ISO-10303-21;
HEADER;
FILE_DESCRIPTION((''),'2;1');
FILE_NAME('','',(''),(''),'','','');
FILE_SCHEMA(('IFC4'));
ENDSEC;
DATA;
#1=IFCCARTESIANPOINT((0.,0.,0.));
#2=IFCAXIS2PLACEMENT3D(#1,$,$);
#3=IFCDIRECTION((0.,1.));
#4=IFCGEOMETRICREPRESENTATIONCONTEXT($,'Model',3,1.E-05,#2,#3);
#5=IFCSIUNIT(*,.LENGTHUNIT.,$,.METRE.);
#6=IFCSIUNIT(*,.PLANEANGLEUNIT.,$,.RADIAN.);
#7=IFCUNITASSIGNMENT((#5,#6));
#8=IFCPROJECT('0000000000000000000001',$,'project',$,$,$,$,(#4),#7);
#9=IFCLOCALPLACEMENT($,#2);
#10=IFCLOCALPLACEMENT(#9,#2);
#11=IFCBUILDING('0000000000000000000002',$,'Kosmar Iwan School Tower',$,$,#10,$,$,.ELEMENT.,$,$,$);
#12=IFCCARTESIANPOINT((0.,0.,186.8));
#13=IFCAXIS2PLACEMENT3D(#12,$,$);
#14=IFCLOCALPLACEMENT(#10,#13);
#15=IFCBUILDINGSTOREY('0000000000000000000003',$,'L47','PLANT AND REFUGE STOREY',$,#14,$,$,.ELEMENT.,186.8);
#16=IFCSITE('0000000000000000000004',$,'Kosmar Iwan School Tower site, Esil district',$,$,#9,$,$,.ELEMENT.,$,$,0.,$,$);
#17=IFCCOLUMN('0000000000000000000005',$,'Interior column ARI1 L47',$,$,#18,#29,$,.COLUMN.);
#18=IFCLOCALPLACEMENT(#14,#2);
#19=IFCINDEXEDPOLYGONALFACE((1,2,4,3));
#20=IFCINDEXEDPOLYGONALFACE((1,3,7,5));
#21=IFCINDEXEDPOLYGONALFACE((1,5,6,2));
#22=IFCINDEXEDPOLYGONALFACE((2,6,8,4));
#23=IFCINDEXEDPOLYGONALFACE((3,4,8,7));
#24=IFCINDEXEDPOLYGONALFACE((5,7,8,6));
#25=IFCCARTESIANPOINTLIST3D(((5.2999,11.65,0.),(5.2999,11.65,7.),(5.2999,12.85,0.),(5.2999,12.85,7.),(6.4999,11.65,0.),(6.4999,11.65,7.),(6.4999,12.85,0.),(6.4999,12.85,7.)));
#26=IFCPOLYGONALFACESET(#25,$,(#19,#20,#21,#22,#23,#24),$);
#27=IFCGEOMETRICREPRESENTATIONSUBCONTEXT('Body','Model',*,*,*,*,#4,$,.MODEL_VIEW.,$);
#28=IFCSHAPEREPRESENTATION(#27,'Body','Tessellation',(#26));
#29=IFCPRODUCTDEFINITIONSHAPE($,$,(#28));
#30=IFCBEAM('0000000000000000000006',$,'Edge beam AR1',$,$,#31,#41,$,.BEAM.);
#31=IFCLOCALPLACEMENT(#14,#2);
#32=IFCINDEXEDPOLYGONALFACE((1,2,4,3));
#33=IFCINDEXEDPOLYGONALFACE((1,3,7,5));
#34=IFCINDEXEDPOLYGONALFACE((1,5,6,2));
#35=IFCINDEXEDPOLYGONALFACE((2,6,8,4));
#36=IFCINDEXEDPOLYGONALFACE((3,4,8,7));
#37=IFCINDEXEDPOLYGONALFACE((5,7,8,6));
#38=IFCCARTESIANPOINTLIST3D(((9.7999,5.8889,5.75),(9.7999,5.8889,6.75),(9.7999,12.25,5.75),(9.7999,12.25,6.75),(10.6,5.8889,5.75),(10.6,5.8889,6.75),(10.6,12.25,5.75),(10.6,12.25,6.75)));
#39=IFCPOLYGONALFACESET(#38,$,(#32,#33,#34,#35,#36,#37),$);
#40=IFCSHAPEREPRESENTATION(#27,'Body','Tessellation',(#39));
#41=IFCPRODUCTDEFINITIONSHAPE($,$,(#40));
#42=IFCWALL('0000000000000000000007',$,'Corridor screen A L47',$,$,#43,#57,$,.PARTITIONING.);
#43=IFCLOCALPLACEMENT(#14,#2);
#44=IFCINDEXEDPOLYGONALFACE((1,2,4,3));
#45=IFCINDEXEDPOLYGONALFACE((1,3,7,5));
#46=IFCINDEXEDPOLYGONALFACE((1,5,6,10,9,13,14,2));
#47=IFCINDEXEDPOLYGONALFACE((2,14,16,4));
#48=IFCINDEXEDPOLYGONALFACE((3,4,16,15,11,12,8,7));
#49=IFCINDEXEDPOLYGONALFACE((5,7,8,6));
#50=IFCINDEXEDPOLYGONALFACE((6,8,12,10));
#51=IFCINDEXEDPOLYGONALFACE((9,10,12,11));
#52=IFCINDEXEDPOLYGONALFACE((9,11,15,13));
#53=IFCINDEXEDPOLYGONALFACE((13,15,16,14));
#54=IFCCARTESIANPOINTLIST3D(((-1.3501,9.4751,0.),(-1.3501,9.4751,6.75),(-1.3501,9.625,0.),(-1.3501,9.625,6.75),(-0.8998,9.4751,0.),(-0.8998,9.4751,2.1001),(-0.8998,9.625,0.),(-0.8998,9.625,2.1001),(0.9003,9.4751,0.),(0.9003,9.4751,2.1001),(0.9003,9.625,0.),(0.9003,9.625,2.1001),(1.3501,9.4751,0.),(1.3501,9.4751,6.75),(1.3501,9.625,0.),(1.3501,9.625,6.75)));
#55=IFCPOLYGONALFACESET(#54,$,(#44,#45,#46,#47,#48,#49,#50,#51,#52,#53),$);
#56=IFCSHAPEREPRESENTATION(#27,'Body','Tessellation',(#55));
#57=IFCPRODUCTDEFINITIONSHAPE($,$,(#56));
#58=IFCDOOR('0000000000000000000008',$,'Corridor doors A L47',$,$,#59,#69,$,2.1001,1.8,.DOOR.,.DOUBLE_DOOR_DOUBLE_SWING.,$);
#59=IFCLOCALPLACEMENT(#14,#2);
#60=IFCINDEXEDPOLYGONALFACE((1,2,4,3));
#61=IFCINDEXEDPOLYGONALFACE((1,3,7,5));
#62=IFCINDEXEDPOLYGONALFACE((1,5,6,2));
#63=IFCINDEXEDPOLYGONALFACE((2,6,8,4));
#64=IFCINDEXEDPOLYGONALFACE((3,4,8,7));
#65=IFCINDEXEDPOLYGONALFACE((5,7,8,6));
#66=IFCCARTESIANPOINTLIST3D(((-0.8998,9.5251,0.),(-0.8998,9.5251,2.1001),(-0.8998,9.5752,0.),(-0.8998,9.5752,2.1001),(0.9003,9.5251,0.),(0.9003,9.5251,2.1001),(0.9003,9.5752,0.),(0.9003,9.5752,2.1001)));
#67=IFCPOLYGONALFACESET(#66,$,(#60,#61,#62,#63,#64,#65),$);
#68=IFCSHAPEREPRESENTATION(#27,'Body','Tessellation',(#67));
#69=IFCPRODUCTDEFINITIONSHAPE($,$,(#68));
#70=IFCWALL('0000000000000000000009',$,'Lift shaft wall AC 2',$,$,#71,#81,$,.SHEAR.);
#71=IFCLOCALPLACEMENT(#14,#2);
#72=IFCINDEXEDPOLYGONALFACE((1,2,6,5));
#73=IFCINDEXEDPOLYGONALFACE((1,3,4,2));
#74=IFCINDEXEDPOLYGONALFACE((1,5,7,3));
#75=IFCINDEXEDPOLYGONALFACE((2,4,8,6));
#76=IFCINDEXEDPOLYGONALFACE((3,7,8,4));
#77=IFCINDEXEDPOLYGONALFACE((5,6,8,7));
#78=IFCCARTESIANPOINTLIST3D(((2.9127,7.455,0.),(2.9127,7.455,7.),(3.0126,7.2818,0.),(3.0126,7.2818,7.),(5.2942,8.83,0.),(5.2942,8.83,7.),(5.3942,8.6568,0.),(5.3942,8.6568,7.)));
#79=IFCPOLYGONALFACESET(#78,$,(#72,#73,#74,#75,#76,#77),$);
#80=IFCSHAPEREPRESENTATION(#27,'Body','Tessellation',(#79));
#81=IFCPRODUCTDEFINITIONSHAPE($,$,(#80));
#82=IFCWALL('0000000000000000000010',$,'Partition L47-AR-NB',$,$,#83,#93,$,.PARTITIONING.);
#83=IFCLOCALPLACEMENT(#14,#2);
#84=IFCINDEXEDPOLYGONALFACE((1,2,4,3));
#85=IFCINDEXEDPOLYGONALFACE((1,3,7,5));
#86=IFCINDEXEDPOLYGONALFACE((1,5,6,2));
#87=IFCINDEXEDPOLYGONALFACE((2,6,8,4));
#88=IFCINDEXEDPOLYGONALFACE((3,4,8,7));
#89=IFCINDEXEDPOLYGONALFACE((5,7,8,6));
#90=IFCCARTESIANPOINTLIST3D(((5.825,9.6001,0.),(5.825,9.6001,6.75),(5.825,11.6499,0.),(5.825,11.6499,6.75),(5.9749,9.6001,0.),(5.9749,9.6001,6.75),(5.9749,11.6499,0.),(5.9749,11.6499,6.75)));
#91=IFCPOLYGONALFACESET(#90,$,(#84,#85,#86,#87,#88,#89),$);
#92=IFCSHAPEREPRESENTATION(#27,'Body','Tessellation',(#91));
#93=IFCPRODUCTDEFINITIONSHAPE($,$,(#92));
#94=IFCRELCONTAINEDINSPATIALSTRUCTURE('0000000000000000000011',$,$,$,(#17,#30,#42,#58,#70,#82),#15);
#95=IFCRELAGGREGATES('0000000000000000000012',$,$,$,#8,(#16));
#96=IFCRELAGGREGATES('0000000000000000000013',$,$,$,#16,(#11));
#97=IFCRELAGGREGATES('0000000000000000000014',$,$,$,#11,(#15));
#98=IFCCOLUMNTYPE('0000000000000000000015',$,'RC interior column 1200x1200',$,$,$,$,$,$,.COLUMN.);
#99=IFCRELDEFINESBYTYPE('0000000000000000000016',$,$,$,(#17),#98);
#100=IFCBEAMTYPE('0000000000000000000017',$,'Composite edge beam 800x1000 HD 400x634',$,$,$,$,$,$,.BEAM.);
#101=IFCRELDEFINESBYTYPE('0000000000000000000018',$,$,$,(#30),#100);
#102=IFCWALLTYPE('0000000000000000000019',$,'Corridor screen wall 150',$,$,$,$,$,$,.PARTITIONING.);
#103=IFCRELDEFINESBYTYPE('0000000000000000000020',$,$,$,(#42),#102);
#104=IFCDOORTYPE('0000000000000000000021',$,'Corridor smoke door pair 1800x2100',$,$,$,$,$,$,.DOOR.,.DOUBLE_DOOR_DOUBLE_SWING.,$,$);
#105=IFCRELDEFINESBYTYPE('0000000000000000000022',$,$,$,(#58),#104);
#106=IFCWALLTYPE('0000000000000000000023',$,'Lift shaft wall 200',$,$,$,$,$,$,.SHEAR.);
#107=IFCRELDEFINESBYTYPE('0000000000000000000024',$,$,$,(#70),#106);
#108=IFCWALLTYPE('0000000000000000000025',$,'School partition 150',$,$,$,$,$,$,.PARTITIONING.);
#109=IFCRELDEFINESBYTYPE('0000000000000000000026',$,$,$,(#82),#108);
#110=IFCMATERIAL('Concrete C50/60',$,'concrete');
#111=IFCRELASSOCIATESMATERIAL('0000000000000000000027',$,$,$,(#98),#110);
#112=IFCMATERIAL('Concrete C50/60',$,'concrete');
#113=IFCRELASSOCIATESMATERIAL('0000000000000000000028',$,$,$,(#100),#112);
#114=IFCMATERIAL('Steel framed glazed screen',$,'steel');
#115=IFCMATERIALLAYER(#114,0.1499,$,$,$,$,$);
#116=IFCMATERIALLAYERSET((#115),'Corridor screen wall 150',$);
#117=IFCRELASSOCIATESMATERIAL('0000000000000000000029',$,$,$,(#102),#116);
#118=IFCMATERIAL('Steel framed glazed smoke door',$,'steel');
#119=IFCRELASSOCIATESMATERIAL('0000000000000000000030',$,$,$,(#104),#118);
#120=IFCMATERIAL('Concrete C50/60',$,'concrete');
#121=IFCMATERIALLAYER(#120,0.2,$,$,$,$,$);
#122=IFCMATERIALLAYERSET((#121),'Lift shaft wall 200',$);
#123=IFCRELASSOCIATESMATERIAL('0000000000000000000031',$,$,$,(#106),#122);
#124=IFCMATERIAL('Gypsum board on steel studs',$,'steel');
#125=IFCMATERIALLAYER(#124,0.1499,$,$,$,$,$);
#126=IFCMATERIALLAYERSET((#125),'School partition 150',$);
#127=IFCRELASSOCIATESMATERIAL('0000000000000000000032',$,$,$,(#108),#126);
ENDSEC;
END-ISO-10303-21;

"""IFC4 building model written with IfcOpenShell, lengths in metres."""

from ifc_helpers import new_model, si_unit, direction, frame, frame_2d, origin, origin_2d, place, context, subcontext, project, spatial, rectangle, extrude, material, layer, layer_set, material_profile, profile_set, type_object, element, fill, save


model = new_model("IFC4")

# Units and contexts
model_context = context("Model", 3, precision=1e-05, world=origin(), true_north=direction((0.0, 1.0)))
body_context = subcontext(model_context, "Body", "Model", "MODEL_VIEW")
ifc_project = project(units=[si_unit("LENGTHUNIT", "METRE"), si_unit("PLANEANGLEUNIT", "RADIAN")], contexts=[model_context])

# Site, building, storey
site_placement = place(None, origin())
site = spatial("IfcSite", under=ifc_project, at=site_placement, Name="Kosmar Iwan School Tower site, Esil district", CompositionType="ELEMENT", RefElevation=0.0)
building_placement = place(site_placement, origin())
building = spatial("IfcBuilding", under=site, at=building_placement, Name="Kosmar Iwan School Tower", CompositionType="ELEMENT")
storey_placement = place(building_placement, frame((0.0, 0.0, 186.8)))
storey = spatial("IfcBuildingStorey", under=building, at=storey_placement, Name="L47", Description="PLANT AND REFUGE STOREY", CompositionType="ELEMENT", Elevation=186.8)

# Column
ifc_material_1 = material(Name="Concrete C50/60", Category="concrete")
ifc_material_profile_1 = material_profile(ifc_material_1, rectangle(XDim=1.2, YDim=1.2, at=origin_2d()), Name="RC 1200x1200")
ifc_profile_set_1 = profile_set([ifc_material_profile_1], Name="Concrete C50/60")
column_type = type_object("IfcColumnType", Name="RC interior column 1200x1200", PredefinedType="COLUMN", material=ifc_profile_set_1)
column_placement = place(storey_placement, frame((5.8999, 12.25, 0.0), z_axis=(0.0, 0.0, 1.0), x_axis=(0.0, 1.0, 0.0)))
element("IfcColumn", 1, at=column_placement, inside=storey, type_object=column_type, Name="Interior column ARI1 L47", PredefinedType="COLUMN", context=body_context, shape_type="SweptSolid", body=[
    extrude(rectangle(XDim=1.2, YDim=1.2, at=origin_2d()), origin(), (0.0, 0.0, 1.0), 7.0),
])

# Beam
ifc_material_2 = material(Name="Concrete C50/60", Category="concrete")
ifc_material_profile_2 = material_profile(ifc_material_2, rectangle(XDim=0.8, YDim=1.0, at=origin_2d()), Name="RC 800x1000 + HD 400x634")
ifc_profile_set_2 = profile_set([ifc_material_profile_2], Name="Concrete C50/60")
beam_type = type_object("IfcBeamType", Name="Composite edge beam 800x1000 HD 400x634", PredefinedType="BEAM", material=ifc_profile_set_2)
beam_placement = place(storey_placement, frame((10.2, 5.8889, 6.25), z_axis=(0.0, 1.0, 0.0), x_axis=(-1.0, 0.0, 0.0)))
element("IfcBeam", 2, at=beam_placement, inside=storey, type_object=beam_type, Name="Edge beam AR1", PredefinedType="BEAM", context=body_context, shape_type="SweptSolid", body=[
    extrude(rectangle(XDim=0.8, YDim=1.0, at=origin_2d()), origin(), (0.0, 0.0, 1.0), 6.3611),
])

# Wall, opening, door
ifc_material_3 = material(Name="Steel framed glazed screen", Category="steel")
ifc_layer_1 = layer(ifc_material_3, 0.1499)
ifc_layer_set_1 = layer_set([ifc_layer_1], Name="Corridor screen wall 150")
wall_type_1 = type_object("IfcWallType", Name="Corridor screen wall 150", PredefinedType="PARTITIONING", material=ifc_layer_set_1)
wall_1_placement = place(storey_placement, frame((1.3501, 9.55, 0.0), z_axis=(0.0, 0.0, 1.0), x_axis=(-1.0, 0.0, 0.0)))
wall_1 = element("IfcWall", 3, at=wall_1_placement, inside=storey, type_object=wall_type_1, Name="Corridor screen A L47", PredefinedType="PARTITIONING", context=body_context, shape_type="SweptSolid", body=[
    extrude(rectangle(XDim=2.7002, YDim=0.1499, at=frame_2d((1.3501, 0.0))), origin(), (0.0, 0.0, 1.0), 6.75),
])
opening_1_placement = place(wall_1_placement, frame((0.45, 0.0, 0.0)))
opening_1 = element("IfcOpeningElement", 4, at=opening_1_placement, cuts=wall_1, PredefinedType="OPENING", context=body_context, shape_type="SweptSolid", body=[
    extrude(rectangle(XDim=1.8, YDim=2.1001, at=frame_2d((0.8999, 1.05))), frame((0.0, 0.0869, 0.0), z_axis=(0.0, -1.0, 0.0), x_axis=(1.0, 0.0, 0.0)), (0.0, 0.0, 1.0), 0.1738),
])
ifc_material_4 = material(Name="Steel framed glazed smoke door", Category="steel")
door_type_1 = type_object("IfcDoorType", Name="Corridor smoke door pair 1800x2100", OperationType="DOUBLE_DOOR_DOUBLE_SWING", PredefinedType="DOOR", material=ifc_material_4)
door_1_placement = place(opening_1_placement, origin())
door_1 = element("IfcDoor", 5, at=door_1_placement, inside=storey, type_object=door_type_1, Name="Corridor doors A L47", OperationType="DOUBLE_DOOR_DOUBLE_SWING", OverallHeight=2.1001, OverallWidth=1.8, PredefinedType="DOOR", context=body_context, shape_type="SweptSolid", body=[
    extrude(rectangle(XDim=1.8, YDim=2.1001, at=frame_2d((0.8999, 1.05))), frame((0.0, 0.0249, 0.0), z_axis=(0.0, -1.0, 0.0), x_axis=(1.0, 0.0, 0.0)), (0.0, 0.0, 1.0), 0.05),
])
fill(opening_1, door_1)

# Walls
ifc_material_5 = material(Name="Concrete C50/60", Category="concrete")
ifc_layer_2 = layer(ifc_material_5, 0.2)
ifc_layer_set_2 = layer_set([ifc_layer_2], Name="Lift shaft wall 200")
wall_type_2 = type_object("IfcWallType", Name="Lift shaft wall 200", PredefinedType="SHEAR", material=ifc_layer_set_2)
wall_2_placement = place(storey_placement, frame((2.9626, 7.3684, 0.0), z_axis=(0.0, 0.0, 1.0), x_axis=(0.866027, 0.499997, 0.0)))
element("IfcWall", 6, at=wall_2_placement, inside=storey, type_object=wall_type_2, Name="Lift shaft wall AC 2", PredefinedType="SHEAR", context=body_context, shape_type="SweptSolid", body=[
    extrude(rectangle(XDim=2.75, YDim=0.2, at=frame_2d((1.375, 0.0))), origin(), (0.0, 0.0, 1.0), 7.0),
])
ifc_material_6 = material(Name="Gypsum board on steel studs", Category="steel")
ifc_layer_3 = layer(ifc_material_6, 0.1499)
ifc_layer_set_3 = layer_set([ifc_layer_3], Name="School partition 150")
wall_type_3 = type_object("IfcWallType", Name="School partition 150", PredefinedType="PARTITIONING", material=ifc_layer_set_3)
wall_3_placement = place(storey_placement, frame((5.8999, 9.6001, 0.0), z_axis=(0.0, 0.0, 1.0), x_axis=(0.0, 1.0, 0.0)))
element("IfcWall", 7, at=wall_3_placement, inside=storey, type_object=wall_type_3, Name="Partition L47-AR-NB", PredefinedType="PARTITIONING", context=body_context, shape_type="SweptSolid", body=[
    extrude(rectangle(XDim=2.0498, YDim=0.1499, at=frame_2d((1.0249, 0.0))), origin(), (0.0, 0.0, 1.0), 6.75),
])

save(model, "model.ifc")
